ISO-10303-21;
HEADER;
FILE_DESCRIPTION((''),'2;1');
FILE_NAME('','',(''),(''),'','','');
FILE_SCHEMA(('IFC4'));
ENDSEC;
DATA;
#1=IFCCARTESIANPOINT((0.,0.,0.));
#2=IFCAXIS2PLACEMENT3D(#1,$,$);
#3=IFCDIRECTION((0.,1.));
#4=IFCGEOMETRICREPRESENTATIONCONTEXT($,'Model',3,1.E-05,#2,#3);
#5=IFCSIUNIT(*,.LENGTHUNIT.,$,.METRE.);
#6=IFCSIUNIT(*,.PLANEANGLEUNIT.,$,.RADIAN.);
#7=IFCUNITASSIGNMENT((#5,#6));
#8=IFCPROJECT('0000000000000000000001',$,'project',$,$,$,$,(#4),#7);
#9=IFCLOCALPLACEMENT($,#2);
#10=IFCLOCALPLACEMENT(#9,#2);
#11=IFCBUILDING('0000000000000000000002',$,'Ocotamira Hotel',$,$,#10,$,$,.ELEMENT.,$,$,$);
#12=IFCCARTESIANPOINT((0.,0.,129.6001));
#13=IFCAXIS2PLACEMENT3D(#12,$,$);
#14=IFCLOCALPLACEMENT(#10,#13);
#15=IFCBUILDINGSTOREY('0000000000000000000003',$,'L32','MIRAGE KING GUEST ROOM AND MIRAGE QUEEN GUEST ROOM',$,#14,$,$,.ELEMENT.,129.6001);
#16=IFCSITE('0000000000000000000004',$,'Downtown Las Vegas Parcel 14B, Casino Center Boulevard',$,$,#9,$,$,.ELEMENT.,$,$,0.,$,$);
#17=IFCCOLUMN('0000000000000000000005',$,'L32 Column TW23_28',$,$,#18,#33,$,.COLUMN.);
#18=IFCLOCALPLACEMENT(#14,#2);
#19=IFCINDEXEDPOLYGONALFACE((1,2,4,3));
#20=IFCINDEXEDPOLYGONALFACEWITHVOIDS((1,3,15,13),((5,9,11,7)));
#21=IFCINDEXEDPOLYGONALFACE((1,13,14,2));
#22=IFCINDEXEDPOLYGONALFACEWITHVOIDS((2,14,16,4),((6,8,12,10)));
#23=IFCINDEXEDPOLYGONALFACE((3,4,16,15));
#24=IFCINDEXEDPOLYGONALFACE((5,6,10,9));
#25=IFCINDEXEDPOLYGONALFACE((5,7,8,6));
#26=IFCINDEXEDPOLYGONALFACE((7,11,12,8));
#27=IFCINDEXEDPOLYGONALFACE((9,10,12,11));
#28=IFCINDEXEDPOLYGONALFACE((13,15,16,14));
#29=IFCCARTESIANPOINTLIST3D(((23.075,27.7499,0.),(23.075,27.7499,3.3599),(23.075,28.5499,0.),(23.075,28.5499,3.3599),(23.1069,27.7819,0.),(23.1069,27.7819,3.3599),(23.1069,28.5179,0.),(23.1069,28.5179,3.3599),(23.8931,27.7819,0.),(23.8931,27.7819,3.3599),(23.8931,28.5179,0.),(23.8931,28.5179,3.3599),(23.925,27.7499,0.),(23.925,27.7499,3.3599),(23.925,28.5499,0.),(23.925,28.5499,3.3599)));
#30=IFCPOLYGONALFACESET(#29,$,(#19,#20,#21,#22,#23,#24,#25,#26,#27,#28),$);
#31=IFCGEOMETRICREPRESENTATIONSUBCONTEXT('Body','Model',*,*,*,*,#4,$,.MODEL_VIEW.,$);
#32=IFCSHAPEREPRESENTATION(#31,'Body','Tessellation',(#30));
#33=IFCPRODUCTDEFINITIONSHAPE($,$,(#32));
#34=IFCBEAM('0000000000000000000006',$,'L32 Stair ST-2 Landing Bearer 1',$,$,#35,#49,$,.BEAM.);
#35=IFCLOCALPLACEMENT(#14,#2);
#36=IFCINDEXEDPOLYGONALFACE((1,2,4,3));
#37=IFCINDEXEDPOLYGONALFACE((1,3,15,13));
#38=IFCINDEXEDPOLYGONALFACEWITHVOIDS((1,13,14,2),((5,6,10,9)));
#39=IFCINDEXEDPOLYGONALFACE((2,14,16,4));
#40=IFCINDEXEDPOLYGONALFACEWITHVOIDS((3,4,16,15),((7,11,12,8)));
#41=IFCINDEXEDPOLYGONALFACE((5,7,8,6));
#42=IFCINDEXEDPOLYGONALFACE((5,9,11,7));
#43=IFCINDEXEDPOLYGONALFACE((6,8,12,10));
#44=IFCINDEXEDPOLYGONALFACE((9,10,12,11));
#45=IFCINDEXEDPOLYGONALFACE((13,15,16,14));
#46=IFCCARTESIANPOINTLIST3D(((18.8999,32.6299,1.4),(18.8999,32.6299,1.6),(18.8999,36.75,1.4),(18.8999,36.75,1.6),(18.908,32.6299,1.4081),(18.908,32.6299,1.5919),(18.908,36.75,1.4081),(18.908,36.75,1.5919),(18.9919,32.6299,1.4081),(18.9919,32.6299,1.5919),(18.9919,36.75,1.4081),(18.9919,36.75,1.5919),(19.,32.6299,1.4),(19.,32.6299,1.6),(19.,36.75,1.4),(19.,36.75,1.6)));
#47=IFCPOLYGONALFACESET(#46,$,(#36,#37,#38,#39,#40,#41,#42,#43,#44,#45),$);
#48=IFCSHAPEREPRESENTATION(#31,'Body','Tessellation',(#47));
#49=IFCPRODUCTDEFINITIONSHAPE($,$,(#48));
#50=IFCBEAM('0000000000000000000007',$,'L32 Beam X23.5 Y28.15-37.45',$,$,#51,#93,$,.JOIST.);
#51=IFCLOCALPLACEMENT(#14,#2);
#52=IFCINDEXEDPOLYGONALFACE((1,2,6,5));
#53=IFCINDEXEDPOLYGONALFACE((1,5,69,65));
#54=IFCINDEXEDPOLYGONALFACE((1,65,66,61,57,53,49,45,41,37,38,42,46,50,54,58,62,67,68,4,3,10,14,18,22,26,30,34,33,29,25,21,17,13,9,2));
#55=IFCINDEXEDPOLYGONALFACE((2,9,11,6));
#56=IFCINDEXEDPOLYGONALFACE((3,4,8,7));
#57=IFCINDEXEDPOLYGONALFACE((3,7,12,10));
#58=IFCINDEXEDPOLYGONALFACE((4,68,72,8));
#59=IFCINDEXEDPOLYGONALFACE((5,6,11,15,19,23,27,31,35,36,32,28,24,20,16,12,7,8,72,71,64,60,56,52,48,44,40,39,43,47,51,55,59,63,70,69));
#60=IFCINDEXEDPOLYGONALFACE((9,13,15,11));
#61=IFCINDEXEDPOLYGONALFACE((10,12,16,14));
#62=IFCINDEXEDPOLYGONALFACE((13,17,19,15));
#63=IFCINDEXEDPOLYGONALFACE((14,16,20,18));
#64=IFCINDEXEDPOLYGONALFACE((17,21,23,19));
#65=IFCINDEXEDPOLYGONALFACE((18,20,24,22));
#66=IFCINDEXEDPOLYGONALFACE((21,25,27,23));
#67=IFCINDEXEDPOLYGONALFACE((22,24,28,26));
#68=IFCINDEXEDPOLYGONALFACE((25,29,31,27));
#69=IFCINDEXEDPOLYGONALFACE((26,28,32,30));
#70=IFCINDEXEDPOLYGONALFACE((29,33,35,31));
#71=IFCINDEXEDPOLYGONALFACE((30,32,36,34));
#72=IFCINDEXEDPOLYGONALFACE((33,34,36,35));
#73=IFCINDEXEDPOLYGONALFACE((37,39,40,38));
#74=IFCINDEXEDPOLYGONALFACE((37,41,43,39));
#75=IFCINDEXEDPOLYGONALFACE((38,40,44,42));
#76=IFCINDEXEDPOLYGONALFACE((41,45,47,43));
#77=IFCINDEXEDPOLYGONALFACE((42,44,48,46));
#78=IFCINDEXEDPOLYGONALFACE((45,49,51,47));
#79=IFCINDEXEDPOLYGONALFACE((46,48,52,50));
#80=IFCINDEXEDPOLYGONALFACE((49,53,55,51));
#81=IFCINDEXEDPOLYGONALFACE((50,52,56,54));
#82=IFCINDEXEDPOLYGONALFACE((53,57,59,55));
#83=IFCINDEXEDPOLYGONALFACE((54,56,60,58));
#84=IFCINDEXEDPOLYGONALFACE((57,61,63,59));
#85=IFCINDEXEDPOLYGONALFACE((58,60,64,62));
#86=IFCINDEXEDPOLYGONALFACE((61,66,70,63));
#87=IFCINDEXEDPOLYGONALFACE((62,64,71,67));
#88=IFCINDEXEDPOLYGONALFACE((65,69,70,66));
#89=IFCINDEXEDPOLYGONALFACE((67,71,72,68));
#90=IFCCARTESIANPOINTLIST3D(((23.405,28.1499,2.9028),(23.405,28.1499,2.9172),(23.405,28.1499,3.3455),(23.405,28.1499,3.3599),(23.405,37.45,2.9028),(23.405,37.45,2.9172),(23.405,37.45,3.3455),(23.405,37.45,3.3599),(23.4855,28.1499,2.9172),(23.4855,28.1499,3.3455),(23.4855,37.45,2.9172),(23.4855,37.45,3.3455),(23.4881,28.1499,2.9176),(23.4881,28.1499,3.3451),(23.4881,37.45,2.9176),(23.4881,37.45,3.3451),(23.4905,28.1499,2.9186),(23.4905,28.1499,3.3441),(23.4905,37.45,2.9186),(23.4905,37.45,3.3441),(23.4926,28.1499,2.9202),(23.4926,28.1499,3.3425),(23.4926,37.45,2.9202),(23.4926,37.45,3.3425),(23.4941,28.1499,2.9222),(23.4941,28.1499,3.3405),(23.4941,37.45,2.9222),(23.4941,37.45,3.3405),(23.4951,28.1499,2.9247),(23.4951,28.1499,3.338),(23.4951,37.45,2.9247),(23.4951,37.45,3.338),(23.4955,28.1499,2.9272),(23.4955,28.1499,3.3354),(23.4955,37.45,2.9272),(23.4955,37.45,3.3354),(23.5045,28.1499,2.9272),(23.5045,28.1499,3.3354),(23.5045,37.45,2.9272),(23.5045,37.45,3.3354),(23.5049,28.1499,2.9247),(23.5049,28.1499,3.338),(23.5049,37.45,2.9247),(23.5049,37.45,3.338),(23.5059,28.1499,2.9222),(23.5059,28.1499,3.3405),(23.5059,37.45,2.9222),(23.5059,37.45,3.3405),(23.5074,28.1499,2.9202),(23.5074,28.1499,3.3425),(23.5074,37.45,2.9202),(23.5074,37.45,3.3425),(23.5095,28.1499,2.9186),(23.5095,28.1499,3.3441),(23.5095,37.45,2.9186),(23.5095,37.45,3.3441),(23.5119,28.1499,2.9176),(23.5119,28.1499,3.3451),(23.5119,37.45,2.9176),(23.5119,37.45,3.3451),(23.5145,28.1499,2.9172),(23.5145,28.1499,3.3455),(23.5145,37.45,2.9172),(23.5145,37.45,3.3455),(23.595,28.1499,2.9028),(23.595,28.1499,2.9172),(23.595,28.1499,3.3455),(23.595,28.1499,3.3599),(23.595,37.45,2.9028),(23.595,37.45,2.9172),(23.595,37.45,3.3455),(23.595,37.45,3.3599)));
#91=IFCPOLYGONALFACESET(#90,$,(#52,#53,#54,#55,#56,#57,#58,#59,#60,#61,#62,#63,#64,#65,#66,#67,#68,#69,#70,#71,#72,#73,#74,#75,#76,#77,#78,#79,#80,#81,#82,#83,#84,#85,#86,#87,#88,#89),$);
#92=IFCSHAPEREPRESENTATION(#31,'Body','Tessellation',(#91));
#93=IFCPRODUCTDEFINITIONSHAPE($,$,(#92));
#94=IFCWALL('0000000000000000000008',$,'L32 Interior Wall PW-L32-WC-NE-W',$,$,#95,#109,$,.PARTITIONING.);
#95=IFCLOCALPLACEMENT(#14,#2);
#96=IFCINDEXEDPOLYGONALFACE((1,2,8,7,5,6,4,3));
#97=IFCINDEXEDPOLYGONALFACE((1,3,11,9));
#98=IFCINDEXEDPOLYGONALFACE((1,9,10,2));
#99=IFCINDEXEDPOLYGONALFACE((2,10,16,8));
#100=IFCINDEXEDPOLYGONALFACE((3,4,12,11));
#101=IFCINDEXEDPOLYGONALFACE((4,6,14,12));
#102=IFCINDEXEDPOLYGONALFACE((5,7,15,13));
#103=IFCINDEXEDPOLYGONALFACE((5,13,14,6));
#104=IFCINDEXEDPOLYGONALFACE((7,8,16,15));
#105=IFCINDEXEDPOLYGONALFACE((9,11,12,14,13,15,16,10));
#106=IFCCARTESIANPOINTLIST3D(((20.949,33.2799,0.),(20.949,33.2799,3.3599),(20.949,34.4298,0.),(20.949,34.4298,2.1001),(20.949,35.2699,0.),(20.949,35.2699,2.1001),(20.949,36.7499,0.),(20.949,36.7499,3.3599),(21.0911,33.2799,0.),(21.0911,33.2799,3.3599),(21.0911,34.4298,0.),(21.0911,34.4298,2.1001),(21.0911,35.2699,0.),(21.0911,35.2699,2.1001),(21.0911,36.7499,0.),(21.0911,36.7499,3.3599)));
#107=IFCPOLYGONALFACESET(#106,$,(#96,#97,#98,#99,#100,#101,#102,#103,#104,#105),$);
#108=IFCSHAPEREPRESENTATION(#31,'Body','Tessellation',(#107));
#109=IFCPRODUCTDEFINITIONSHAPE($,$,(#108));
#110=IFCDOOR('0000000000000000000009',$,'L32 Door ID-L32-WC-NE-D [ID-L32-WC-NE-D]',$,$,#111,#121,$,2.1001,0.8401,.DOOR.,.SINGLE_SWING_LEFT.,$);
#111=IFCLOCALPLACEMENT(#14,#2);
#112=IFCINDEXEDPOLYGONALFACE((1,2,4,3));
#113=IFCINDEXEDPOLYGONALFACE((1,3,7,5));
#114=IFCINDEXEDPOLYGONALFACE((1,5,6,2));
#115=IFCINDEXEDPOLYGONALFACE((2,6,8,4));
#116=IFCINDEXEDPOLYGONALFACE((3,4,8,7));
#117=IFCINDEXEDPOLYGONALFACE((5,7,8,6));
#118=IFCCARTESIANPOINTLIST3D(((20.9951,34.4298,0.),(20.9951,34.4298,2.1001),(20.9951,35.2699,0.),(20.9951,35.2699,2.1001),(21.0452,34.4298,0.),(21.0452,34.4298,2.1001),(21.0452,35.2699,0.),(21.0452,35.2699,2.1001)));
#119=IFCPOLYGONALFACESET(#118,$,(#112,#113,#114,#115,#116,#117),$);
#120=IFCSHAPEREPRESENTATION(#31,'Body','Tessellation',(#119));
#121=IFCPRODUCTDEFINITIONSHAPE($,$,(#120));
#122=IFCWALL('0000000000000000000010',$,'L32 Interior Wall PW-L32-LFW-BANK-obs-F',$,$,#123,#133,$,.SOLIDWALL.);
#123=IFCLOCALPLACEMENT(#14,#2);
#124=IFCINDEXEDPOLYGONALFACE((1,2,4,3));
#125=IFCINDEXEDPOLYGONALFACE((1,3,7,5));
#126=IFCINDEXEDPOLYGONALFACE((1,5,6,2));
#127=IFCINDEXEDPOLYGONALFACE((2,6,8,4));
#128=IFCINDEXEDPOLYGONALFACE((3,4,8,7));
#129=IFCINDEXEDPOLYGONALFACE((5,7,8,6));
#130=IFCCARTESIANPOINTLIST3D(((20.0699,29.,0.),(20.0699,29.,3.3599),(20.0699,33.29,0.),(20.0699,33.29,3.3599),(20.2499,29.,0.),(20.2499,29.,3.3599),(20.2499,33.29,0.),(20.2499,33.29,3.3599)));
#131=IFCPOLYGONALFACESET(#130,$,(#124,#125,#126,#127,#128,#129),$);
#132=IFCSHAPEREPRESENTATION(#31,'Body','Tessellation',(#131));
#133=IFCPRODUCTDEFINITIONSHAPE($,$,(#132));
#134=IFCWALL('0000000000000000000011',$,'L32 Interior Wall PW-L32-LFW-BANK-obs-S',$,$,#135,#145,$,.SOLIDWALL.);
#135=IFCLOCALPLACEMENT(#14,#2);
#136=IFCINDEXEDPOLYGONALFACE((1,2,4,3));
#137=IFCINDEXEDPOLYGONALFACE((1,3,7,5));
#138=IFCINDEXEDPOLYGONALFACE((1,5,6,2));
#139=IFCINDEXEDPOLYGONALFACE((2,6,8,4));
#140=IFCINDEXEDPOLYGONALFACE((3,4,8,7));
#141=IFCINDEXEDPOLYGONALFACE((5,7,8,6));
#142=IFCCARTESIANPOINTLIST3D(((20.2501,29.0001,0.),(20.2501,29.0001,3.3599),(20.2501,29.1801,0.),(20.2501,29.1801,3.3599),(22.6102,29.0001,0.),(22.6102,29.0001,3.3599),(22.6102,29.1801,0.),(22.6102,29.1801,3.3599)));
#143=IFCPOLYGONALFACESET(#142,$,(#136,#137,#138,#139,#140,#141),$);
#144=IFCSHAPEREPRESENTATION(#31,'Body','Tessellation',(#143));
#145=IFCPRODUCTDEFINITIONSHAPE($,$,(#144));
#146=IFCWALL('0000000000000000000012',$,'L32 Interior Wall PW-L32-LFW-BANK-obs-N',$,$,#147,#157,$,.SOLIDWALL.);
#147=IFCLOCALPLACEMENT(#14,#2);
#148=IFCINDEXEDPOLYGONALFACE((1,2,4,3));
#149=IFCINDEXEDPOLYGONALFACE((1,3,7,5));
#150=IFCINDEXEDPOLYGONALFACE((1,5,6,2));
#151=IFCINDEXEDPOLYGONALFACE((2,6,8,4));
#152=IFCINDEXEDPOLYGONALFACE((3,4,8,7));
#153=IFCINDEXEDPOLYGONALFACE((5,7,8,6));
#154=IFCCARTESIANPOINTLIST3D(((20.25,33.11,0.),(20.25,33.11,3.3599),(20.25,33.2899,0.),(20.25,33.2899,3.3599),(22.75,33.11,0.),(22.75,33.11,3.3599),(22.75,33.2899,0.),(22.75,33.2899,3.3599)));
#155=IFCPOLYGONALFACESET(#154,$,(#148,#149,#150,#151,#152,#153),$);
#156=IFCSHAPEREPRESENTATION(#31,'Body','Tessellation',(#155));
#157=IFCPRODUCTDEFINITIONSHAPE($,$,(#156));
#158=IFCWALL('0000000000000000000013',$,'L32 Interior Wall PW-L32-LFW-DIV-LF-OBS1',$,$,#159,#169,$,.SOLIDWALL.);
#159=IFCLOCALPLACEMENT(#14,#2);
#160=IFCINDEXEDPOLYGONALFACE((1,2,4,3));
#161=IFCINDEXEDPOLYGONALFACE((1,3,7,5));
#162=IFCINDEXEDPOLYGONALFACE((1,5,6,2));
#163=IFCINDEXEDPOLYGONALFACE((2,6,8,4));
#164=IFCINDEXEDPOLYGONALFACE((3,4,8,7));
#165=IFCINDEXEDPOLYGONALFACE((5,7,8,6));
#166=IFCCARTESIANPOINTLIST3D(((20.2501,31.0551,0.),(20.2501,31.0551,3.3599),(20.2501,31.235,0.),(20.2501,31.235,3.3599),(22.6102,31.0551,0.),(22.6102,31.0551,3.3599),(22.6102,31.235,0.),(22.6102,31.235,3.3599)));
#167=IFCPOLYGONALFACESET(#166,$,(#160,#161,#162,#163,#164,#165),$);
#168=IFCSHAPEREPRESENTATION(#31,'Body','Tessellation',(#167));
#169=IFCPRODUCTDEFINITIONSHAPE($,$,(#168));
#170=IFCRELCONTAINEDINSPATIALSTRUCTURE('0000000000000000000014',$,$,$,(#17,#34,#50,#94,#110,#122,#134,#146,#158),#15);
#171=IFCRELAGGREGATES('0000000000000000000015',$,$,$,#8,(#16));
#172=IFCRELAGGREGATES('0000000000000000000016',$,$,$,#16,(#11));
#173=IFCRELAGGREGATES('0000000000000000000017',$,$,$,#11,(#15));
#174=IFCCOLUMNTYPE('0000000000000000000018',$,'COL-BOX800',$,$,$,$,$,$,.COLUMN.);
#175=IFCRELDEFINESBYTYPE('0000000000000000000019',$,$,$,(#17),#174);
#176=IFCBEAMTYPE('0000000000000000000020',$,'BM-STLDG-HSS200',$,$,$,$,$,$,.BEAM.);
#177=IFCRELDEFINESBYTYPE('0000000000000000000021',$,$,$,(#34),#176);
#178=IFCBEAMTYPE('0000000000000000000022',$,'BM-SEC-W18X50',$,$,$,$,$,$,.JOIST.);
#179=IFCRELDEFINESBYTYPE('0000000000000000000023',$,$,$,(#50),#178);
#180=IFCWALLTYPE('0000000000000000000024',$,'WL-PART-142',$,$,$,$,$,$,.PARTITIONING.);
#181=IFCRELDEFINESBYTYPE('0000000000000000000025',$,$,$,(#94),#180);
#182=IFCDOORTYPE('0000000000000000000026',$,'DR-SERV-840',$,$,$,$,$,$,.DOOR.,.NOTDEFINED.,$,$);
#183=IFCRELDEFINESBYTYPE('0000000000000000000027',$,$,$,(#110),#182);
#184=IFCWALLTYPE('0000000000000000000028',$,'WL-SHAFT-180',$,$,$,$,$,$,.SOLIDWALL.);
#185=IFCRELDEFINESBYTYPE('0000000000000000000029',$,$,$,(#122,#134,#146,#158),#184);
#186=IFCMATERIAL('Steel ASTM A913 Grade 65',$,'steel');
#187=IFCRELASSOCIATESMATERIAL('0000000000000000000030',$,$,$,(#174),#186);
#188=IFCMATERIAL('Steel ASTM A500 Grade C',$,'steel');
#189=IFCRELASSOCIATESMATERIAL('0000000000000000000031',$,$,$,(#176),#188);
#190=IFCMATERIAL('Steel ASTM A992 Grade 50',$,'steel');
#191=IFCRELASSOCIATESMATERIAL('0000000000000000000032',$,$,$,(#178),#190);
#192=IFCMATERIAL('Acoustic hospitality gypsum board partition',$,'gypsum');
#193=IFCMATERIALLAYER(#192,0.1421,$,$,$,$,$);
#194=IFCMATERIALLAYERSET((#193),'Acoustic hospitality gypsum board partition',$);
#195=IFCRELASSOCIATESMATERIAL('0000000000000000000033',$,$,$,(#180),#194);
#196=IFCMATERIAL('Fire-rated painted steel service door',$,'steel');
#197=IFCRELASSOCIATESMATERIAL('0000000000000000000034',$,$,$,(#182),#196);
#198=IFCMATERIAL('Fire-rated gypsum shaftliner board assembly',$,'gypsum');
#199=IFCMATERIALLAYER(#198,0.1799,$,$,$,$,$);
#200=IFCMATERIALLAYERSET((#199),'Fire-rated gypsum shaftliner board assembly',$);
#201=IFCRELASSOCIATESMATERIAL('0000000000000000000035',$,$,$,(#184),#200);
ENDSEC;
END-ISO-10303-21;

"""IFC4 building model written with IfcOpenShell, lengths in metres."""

from ifc_helpers import new_model, si_unit, direction, frame, frame_2d, origin, origin_2d, place, context, subcontext, project, spatial, rectangle, hollow_rectangle, i_section, extrude, source, transform, mapped, material, layer, layer_set, material_profile, profile_set, type_object, element, fill, save


model = new_model("IFC4")

# Units and contexts
model_context = context("Model", 3, precision=1e-05, world=origin(), true_north=direction((0.0, 1.0)))
body_context = subcontext(model_context, "Body", "Model", "MODEL_VIEW")
ifc_project = project(units=[si_unit("LENGTHUNIT", "METRE"), si_unit("PLANEANGLEUNIT", "RADIAN")], contexts=[model_context])

# Site, building, storey
site_placement = place(None, origin())
site = spatial("IfcSite", under=ifc_project, at=site_placement, Name="Downtown Las Vegas Parcel 14B, Casino Center Boulevard", CompositionType="ELEMENT", RefElevation=0.0)
building_placement = place(site_placement, origin())
building = spatial("IfcBuilding", under=site, at=building_placement, Name="Ocotamira Hotel", CompositionType="ELEMENT")
storey_placement = place(building_placement, frame((0.0, 0.0, 129.6001)))
storey = spatial("IfcBuildingStorey", under=building, at=storey_placement, Name="L32", Description="MIRAGE KING GUEST ROOM AND MIRAGE QUEEN GUEST ROOM", CompositionType="ELEMENT", Elevation=129.6001)

# Column
ifc_material_1 = material(Name="Steel ASTM A913 Grade 65", Category="steel")
ifc_material_profile_1 = material_profile(ifc_material_1, hollow_rectangle(XDim=0.8501, YDim=0.8, WallThickness=0.032, at=origin_2d()), Name="BOX800X850X32")
ifc_profile_set_1 = profile_set([ifc_material_profile_1], Name="Steel ASTM A913 Grade 65")
column_type = type_object("IfcColumnType", Name="COL-BOX800", PredefinedType="COLUMN", material=ifc_profile_set_1)
shared_shape_1 = source(origin(), body_context, "Body", "SweptSolid", [
    extrude(hollow_rectangle(XDim=0.8501, YDim=0.8, WallThickness=0.032, at=origin_2d()), origin(), (0.0, 0.0, 1.0), 3.3599),
])
column_placement = place(storey_placement, frame((23.5, 28.1499, 0.0), z_axis=(0.0, 0.0, 1.0), x_axis=(1.0, 0.0, 0.0)))
element("IfcColumn", 1, at=column_placement, inside=storey, type_object=column_type, Name="L32 Column TW23_28", PredefinedType="COLUMN", context=body_context, shape_type="MappedRepresentation", body=[
    mapped(shared_shape_1, transform((0.0, 0.0, 0.0), scale=1.0)),
])

# Beams
ifc_material_2 = material(Name="Steel ASTM A500 Grade C", Category="steel")
ifc_material_profile_2 = material_profile(ifc_material_2, hollow_rectangle(XDim=0.1001, YDim=0.2, WallThickness=0.0081, at=origin_2d()), Name="HSS200X100X8")
ifc_profile_set_2 = profile_set([ifc_material_profile_2], Name="Steel ASTM A500 Grade C")
beam_type_1 = type_object("IfcBeamType", Name="BM-STLDG-HSS200", PredefinedType="BEAM", material=ifc_profile_set_2)
shared_shape_2 = source(origin(), body_context, "Body", "SweptSolid", [
    extrude(hollow_rectangle(XDim=0.1001, YDim=0.2, WallThickness=0.0081, at=origin_2d()), origin(), (0.0, 0.0, 1.0), 4.1201),
])
beam_1_placement = place(storey_placement, frame((18.95, 32.6299, 1.5), z_axis=(0.0, 1.0, 0.0), x_axis=(-1.0, 0.0, 0.0)))
element("IfcBeam", 2, at=beam_1_placement, inside=storey, type_object=beam_type_1, Name="L32 Stair ST-2 Landing Bearer 1", PredefinedType="BEAM", context=body_context, shape_type="MappedRepresentation", body=[
    mapped(shared_shape_2, transform((0.0, 0.0, 0.0), scale=1.0)),
])
ifc_material_3 = material(Name="Steel ASTM A992 Grade 50", Category="steel")
ifc_material_profile_3 = material_profile(ifc_material_3, i_section(OverallWidth=0.1899, OverallDepth=0.457, WebThickness=0.009, FlangeThickness=0.0144, FilletRadius=0.01, at=origin_2d()), Name="W18X50")
ifc_profile_set_3 = profile_set([ifc_material_profile_3], Name="Steel ASTM A992 Grade 50")
beam_type_2 = type_object("IfcBeamType", Name="BM-SEC-W18X50", PredefinedType="JOIST", material=ifc_profile_set_3)
shared_shape_3 = source(origin(), body_context, "Body", "SweptSolid", [
    extrude(i_section(OverallWidth=0.1899, OverallDepth=0.457, WebThickness=0.009, FlangeThickness=0.0144, FilletRadius=0.01, at=origin_2d()), origin(), (0.0, 0.0, 1.0), 9.3),
])
beam_2_placement = place(storey_placement, frame((23.5, 28.1499, 3.1313), z_axis=(0.0, 1.0, 0.0), x_axis=(-1.0, 0.0, 0.0)))
element("IfcBeam", 3, at=beam_2_placement, inside=storey, type_object=beam_type_2, Name="L32 Beam X23.5 Y28.15-37.45", PredefinedType="JOIST", context=body_context, shape_type="MappedRepresentation", body=[
    mapped(shared_shape_3, transform((0.0, 0.0, 0.0), scale=1.0)),
])

# Wall, opening, door
ifc_material_4 = material(Name="Acoustic hospitality gypsum board partition", Category="gypsum")
ifc_layer_1 = layer(ifc_material_4, 0.1421)
ifc_layer_set_1 = layer_set([ifc_layer_1], Name="Acoustic hospitality gypsum board partition")
wall_type_1 = type_object("IfcWallType", Name="WL-PART-142", PredefinedType="PARTITIONING", material=ifc_layer_set_1)
wall_1_placement = place(storey_placement, frame((21.02, 33.28, 0.0), z_axis=(0.0, 0.0, 1.0), x_axis=(0.0, 1.0, 0.0)))
wall_1 = element("IfcWall", 4, at=wall_1_placement, inside=storey, type_object=wall_type_1, Name="L32 Interior Wall PW-L32-WC-NE-W", PredefinedType="PARTITIONING", context=body_context, shape_type="SweptSolid", body=[
    extrude(rectangle(XDim=3.47, YDim=0.1421, at=frame_2d((1.7349, 0.0))), origin(), (0.0, 0.0, 1.0), 3.3599),
])
opening_1_placement = place(wall_1_placement, frame((1.1499, 0.0, 0.0)))
opening_1 = element("IfcOpeningElement", 5, at=opening_1_placement, cuts=wall_1, PredefinedType="OPENING", context=body_context, shape_type="SweptSolid", body=[
    extrude(rectangle(XDim=0.8401, YDim=2.1001, at=frame_2d((0.4199, 1.05))), frame((0.0, 0.0811, 0.0), z_axis=(0.0, -1.0, 0.0), x_axis=(1.0, 0.0, 0.0)), (0.0, 0.0, 1.0), 0.1621),
])
ifc_material_5 = material(Name="Fire-rated painted steel service door", Category="steel")
door_type_1 = type_object("IfcDoorType", Name="DR-SERV-840", OperationType="NOTDEFINED", PredefinedType="DOOR", material=ifc_material_5)
shared_shape_4 = source(origin(), body_context, "Body", "SweptSolid", [
    extrude(rectangle(XDim=0.8401, YDim=2.1001, at=frame_2d((0.4199, 1.05))), frame((0.0, 0.0249, 0.0), z_axis=(0.0, -1.0, 0.0), x_axis=(1.0, 0.0, 0.0)), (0.0, 0.0, 1.0), 0.05),
])
door_1_placement = place(opening_1_placement, origin())
door_1 = element("IfcDoor", 6, at=door_1_placement, inside=storey, type_object=door_type_1, Name="L32 Door ID-L32-WC-NE-D [ID-L32-WC-NE-D]", OperationType="SINGLE_SWING_LEFT", OverallHeight=2.1001, OverallWidth=0.8401, PredefinedType="DOOR", context=body_context, shape_type="MappedRepresentation", body=[
    mapped(shared_shape_4, transform((0.0, 0.0, 0.0), scale=1.0)),
])
fill(opening_1, door_1)

# Walls
ifc_material_6 = material(Name="Fire-rated gypsum shaftliner board assembly", Category="gypsum")
ifc_layer_2 = layer(ifc_material_6, 0.1799)
ifc_layer_set_2 = layer_set([ifc_layer_2], Name="Fire-rated gypsum shaftliner board assembly")
wall_type_2 = type_object("IfcWallType", Name="WL-SHAFT-180", PredefinedType="SOLIDWALL", material=ifc_layer_set_2)
wall_2_placement = place(storey_placement, frame((20.1599, 29.0, 0.0), z_axis=(0.0, 0.0, 1.0), x_axis=(0.0, 1.0, 0.0)))
element("IfcWall", 7, at=wall_2_placement, inside=storey, type_object=wall_type_2, Name="L32 Interior Wall PW-L32-LFW-BANK-obs-F", PredefinedType="SOLIDWALL", context=body_context, shape_type="SweptSolid", body=[
    extrude(rectangle(XDim=4.29, YDim=0.1799, at=frame_2d((2.145, 0.0))), origin(), (0.0, 0.0, 1.0), 3.3599),
])
wall_3_placement = place(storey_placement, frame((20.25, 29.0901, 0.0), z_axis=(0.0, 0.0, 1.0), x_axis=(1.0, 0.0, 0.0)))
element("IfcWall", 8, at=wall_3_placement, inside=storey, type_object=wall_type_2, Name="L32 Interior Wall PW-L32-LFW-BANK-obs-S", PredefinedType="SOLIDWALL", context=body_context, shape_type="SweptSolid", body=[
    extrude(rectangle(XDim=2.3601, YDim=0.1799, at=frame_2d((1.1802, 0.0))), origin(), (0.0, 0.0, 1.0), 3.3599),
])
wall_4_placement = place(storey_placement, frame((20.25, 33.2, 0.0), z_axis=(0.0, 0.0, 1.0), x_axis=(1.0, 0.0, 0.0)))
element("IfcWall", 9, at=wall_4_placement, inside=storey, type_object=wall_type_2, Name="L32 Interior Wall PW-L32-LFW-BANK-obs-N", PredefinedType="SOLIDWALL", context=body_context, shape_type="SweptSolid", body=[
    extrude(rectangle(XDim=2.5, YDim=0.1799, at=frame_2d((1.25, 0.0))), origin(), (0.0, 0.0, 1.0), 3.3599),
])
wall_5_placement = place(storey_placement, frame((20.25, 31.145, 0.0), z_axis=(0.0, 0.0, 1.0), x_axis=(1.0, 0.0, 0.0)))
element("IfcWall", 10, at=wall_5_placement, inside=storey, type_object=wall_type_2, Name="L32 Interior Wall PW-L32-LFW-DIV-LF-OBS1", PredefinedType="SOLIDWALL", context=body_context, shape_type="SweptSolid", body=[
    extrude(rectangle(XDim=2.3601, YDim=0.1799, at=frame_2d((1.1802, 0.0))), origin(), (0.0, 0.0, 1.0), 3.3599),
])

save(model, "model.ifc")
